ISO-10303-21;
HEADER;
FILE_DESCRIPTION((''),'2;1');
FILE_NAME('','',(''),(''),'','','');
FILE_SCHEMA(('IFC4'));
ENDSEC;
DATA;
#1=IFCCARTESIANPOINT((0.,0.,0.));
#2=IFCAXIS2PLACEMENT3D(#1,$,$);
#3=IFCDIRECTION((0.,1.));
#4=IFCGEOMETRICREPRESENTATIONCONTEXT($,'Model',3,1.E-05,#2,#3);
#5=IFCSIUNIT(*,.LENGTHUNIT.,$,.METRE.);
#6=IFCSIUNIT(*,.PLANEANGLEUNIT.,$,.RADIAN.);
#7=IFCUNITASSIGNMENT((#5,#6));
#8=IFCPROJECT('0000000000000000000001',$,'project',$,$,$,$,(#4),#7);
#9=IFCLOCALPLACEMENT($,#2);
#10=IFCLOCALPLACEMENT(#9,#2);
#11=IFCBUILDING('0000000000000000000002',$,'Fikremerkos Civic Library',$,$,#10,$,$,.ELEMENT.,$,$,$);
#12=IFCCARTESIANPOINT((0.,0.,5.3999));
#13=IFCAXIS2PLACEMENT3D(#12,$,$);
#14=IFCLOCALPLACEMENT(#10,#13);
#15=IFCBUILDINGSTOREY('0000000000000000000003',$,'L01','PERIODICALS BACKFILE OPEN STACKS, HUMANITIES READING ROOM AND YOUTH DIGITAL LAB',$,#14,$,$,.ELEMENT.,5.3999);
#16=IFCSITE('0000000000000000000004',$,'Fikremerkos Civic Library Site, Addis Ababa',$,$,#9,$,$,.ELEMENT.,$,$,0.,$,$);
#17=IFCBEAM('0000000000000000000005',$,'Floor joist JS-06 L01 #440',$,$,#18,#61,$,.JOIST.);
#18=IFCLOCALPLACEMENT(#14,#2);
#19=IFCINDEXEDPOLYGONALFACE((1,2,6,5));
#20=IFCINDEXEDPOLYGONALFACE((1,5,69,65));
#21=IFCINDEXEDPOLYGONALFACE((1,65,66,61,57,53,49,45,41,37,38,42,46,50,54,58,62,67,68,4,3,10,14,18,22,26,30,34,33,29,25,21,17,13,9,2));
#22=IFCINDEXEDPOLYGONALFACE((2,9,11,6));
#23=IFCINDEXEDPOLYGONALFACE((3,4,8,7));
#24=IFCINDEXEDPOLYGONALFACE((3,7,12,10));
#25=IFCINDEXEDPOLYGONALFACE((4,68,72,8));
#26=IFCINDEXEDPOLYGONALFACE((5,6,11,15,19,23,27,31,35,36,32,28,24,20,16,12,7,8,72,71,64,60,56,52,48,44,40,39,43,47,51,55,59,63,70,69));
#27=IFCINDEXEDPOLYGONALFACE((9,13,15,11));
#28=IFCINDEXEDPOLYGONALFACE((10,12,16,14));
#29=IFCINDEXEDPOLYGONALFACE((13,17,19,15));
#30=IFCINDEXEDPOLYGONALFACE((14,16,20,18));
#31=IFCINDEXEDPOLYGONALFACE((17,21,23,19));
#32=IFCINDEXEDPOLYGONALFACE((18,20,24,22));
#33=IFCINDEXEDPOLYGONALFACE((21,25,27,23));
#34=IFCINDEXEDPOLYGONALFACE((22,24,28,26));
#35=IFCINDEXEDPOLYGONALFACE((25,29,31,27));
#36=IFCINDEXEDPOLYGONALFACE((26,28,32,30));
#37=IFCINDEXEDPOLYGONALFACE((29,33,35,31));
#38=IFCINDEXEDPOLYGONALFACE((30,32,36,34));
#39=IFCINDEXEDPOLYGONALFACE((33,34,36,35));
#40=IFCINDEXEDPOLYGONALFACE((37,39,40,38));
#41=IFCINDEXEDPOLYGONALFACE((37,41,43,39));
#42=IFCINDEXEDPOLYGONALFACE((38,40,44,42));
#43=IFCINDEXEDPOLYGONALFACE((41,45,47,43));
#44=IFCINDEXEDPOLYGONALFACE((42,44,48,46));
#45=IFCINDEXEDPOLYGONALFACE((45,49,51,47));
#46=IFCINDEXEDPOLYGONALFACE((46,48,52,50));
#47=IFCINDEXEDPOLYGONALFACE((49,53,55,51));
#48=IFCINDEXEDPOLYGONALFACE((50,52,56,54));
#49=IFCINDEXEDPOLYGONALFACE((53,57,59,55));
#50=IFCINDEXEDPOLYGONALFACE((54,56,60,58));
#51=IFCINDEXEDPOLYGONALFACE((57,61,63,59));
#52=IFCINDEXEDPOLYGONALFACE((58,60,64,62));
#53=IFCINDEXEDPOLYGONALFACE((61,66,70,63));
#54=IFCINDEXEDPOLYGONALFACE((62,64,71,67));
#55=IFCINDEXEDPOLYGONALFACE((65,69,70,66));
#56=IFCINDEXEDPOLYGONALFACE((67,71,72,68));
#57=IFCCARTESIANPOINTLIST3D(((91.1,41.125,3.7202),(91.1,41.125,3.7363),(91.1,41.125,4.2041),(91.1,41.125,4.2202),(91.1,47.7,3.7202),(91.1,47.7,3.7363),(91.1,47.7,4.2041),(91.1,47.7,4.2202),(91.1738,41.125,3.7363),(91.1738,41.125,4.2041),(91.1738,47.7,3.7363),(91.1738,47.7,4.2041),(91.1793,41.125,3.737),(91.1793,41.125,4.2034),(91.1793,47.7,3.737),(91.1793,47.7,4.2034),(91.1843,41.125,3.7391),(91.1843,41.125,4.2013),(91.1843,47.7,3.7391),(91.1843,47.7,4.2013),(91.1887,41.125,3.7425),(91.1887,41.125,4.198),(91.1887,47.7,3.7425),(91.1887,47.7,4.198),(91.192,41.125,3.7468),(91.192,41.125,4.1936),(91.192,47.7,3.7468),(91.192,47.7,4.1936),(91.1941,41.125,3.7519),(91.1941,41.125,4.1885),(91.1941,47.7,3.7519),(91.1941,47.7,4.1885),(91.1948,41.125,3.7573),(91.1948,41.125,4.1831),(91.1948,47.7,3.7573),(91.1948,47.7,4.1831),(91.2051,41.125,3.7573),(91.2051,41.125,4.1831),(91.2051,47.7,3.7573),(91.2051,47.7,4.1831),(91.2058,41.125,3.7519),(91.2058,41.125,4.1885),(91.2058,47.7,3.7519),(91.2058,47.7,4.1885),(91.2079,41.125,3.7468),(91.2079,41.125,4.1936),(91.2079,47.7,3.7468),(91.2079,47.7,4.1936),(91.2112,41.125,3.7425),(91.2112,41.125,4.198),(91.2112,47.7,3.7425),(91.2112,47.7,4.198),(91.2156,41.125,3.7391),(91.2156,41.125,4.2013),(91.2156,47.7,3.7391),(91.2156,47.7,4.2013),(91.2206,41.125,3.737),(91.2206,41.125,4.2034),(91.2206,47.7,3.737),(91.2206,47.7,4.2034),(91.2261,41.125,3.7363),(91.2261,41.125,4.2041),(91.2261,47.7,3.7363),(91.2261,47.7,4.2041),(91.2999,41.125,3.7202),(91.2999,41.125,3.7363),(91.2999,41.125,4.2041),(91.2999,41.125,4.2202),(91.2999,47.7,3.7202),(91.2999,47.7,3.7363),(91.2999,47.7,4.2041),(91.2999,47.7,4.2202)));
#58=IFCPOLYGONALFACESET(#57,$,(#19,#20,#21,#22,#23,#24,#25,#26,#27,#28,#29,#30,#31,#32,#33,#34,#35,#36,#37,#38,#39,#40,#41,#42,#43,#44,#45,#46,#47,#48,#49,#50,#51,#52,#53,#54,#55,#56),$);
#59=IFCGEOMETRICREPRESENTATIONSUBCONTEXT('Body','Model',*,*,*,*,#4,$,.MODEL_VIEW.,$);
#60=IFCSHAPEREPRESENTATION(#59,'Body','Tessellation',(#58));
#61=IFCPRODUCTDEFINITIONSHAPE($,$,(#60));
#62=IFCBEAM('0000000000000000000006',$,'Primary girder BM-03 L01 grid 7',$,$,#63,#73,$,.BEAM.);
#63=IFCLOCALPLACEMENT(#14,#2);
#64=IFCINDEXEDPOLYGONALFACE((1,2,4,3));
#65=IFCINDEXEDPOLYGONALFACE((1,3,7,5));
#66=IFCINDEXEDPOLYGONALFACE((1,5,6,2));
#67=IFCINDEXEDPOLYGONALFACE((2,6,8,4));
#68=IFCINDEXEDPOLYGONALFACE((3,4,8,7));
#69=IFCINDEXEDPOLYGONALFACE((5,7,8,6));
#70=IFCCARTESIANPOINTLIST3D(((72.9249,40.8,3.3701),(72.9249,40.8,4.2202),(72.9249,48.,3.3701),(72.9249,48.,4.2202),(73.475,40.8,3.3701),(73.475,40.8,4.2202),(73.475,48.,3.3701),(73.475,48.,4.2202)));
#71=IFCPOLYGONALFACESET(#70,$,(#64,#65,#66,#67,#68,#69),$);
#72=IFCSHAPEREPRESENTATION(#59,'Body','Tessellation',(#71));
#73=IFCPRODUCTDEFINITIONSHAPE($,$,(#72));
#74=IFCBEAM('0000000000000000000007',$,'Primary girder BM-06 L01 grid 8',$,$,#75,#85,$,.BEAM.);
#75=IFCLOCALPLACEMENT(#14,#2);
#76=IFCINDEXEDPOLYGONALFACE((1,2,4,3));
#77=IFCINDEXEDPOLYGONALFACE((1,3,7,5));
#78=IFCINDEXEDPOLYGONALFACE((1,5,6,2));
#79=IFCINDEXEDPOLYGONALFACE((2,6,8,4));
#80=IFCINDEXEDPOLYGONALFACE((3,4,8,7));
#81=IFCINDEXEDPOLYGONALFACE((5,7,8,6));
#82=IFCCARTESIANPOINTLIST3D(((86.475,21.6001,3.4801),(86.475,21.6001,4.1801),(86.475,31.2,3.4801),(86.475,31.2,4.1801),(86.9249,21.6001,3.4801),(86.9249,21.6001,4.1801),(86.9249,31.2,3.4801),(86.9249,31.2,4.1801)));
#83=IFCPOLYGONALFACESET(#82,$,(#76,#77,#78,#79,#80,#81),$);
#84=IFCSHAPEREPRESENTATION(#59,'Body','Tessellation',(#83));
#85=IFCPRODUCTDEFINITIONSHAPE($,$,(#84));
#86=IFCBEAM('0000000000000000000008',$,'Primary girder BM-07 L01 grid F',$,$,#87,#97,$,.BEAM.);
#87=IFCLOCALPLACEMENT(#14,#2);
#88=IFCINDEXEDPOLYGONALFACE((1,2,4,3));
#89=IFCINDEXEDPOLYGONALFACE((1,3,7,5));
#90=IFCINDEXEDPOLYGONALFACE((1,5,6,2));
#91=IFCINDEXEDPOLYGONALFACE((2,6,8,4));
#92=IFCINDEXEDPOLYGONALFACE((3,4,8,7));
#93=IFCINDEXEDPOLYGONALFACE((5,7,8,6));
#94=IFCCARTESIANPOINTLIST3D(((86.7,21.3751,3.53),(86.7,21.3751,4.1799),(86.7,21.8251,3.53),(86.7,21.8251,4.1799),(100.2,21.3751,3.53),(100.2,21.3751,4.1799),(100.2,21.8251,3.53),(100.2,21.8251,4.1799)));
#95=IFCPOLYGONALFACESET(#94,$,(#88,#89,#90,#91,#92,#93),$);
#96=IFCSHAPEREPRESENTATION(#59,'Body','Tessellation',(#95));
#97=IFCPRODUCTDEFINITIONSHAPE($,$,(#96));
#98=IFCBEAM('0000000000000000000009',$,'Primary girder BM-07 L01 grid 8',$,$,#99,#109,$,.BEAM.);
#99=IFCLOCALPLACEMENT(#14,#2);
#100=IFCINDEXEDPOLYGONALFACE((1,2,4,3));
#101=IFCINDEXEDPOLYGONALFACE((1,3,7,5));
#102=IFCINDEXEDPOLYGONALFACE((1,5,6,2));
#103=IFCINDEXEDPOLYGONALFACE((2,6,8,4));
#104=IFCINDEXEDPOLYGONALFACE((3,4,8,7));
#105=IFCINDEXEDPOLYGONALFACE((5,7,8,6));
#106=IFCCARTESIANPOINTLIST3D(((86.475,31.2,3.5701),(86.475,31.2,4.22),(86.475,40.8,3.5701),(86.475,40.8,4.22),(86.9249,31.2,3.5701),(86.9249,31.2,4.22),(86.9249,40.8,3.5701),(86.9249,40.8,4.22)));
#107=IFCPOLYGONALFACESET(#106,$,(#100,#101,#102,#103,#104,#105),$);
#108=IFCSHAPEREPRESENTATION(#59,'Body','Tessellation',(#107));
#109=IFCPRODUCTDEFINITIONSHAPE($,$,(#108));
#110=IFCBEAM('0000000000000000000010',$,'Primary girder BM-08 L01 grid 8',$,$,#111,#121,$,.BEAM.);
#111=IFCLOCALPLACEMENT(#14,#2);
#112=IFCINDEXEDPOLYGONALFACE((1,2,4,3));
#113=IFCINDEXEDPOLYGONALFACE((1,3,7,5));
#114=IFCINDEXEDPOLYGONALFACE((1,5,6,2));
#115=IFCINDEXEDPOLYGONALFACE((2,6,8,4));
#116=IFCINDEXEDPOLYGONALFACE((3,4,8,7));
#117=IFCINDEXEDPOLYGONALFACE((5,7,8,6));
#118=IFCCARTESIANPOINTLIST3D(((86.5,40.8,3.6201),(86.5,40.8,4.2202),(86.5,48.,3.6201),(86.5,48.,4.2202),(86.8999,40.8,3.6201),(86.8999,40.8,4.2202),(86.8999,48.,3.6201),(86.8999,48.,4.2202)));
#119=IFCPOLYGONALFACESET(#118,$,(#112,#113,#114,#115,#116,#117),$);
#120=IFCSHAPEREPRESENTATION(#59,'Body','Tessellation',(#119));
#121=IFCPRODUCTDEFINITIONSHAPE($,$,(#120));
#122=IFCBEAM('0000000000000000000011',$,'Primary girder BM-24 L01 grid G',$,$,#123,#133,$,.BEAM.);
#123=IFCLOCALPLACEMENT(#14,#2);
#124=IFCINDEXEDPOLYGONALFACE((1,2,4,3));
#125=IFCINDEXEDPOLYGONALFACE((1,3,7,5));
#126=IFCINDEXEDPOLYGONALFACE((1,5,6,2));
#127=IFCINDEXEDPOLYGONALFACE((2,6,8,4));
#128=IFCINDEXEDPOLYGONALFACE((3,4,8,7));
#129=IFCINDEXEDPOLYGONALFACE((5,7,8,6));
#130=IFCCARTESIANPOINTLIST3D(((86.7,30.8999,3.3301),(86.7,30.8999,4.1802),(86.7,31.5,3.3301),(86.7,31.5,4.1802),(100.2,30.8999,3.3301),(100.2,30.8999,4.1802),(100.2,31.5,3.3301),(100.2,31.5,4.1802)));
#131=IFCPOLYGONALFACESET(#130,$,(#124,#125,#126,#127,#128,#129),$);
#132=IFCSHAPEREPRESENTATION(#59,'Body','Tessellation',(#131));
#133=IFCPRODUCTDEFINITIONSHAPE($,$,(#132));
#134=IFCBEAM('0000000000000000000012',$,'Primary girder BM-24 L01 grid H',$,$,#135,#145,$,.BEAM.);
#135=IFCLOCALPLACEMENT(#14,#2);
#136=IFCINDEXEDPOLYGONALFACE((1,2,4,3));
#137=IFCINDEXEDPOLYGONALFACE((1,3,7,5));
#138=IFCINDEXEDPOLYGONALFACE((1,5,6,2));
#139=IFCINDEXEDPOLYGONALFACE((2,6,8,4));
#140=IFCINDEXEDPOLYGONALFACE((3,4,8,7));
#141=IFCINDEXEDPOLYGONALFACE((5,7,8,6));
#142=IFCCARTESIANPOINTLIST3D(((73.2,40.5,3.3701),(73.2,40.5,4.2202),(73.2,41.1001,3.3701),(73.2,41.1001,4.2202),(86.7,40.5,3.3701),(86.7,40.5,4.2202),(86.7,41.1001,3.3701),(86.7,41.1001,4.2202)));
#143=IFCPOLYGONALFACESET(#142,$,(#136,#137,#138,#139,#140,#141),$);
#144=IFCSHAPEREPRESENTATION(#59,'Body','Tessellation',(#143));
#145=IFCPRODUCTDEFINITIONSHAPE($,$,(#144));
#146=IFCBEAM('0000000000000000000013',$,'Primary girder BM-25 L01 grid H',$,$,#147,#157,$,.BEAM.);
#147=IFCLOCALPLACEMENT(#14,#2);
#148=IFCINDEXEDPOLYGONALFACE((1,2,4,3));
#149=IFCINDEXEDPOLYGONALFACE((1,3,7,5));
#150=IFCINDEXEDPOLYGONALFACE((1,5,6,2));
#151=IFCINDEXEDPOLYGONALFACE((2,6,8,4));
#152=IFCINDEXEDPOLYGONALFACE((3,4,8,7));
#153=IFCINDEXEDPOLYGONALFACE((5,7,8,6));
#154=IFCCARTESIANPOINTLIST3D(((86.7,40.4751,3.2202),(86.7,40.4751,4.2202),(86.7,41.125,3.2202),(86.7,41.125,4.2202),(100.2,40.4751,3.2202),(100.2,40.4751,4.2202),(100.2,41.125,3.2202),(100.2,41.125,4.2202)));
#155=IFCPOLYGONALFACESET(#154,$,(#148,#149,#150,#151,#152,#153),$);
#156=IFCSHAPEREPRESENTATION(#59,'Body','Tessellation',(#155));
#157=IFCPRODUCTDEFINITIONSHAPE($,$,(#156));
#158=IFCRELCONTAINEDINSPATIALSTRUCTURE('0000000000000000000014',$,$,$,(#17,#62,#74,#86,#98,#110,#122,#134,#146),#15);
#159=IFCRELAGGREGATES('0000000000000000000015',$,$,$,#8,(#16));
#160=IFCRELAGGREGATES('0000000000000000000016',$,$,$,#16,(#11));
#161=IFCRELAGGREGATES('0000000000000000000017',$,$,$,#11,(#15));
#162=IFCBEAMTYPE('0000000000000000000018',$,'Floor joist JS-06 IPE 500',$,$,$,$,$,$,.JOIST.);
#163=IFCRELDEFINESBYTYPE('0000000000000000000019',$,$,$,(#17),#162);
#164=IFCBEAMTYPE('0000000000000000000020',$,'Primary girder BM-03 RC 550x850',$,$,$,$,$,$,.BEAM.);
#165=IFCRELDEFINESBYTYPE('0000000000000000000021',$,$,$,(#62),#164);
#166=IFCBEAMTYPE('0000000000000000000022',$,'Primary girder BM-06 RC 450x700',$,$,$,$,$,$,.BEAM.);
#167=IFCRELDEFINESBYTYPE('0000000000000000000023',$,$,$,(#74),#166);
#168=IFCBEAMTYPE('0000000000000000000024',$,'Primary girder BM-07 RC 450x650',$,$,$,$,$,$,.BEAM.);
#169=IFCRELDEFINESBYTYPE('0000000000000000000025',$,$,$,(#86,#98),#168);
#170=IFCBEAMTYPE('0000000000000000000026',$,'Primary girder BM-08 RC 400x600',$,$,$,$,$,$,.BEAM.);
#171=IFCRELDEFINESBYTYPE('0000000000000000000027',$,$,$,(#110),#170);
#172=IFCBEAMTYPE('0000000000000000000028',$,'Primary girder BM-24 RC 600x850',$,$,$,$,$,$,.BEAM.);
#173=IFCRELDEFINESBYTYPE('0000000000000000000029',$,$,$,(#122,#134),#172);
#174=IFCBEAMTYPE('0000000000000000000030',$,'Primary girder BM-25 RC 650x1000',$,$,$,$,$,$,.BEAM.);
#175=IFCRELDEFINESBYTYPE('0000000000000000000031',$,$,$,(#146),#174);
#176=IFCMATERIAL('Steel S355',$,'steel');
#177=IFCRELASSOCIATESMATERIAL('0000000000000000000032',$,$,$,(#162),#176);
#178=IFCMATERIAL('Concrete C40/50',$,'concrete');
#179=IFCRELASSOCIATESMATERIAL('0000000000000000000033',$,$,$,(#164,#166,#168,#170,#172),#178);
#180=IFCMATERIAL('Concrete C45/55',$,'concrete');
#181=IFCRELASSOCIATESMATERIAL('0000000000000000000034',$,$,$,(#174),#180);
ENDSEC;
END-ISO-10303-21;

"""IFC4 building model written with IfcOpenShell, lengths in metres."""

from ifc_helpers import new_model, si_unit, direction, frame, origin, origin_2d, place, context, subcontext, project, spatial, rectangle, i_section, extrude, material, material_profile, profile_set, type_object, element, save


model = new_model("IFC4")

# Units and contexts
model_context = context("Model", 3, precision=1e-05, world=origin(), true_north=direction((0.0, 1.0)))
body_context = subcontext(model_context, "Body", "Model", "MODEL_VIEW")
ifc_project = project(units=[si_unit("LENGTHUNIT", "METRE"), si_unit("PLANEANGLEUNIT", "RADIAN")], contexts=[model_context])

# Site, building, storey
site_placement = place(None, origin())
site = spatial("IfcSite", under=ifc_project, at=site_placement, Name="Fikremerkos Civic Library Site, Addis Ababa", CompositionType="ELEMENT", RefElevation=0.0)
building_placement = place(site_placement, origin())
building = spatial("IfcBuilding", under=site, at=building_placement, Name="Fikremerkos Civic Library", CompositionType="ELEMENT")
storey_placement = place(building_placement, frame((0.0, 0.0, 5.3999)))
storey = spatial("IfcBuildingStorey", under=building, at=storey_placement, Name="L01", Description="PERIODICALS BACKFILE OPEN STACKS, HUMANITIES READING ROOM AND YOUTH DIGITAL LAB", CompositionType="ELEMENT", Elevation=5.3999)

# Shared definitions
ifc_material_1 = material(Name="Concrete C40/50", Category="concrete")
ifc_material_2 = material(Name="Concrete C45/55", Category="concrete")

# Beams
ifc_material_3 = material(Name="Steel S355", Category="steel")
ifc_material_profile_1 = material_profile(ifc_material_3, i_section(OverallWidth=0.2, OverallDepth=0.5, WebThickness=0.0103, FlangeThickness=0.0161, FilletRadius=0.021, at=origin_2d()), Name="IPE 500")
ifc_profile_set_1 = profile_set([ifc_material_profile_1], Name="Steel S355")
beam_type_1 = type_object("IfcBeamType", Name="Floor joist JS-06 IPE 500", PredefinedType="JOIST", material=ifc_profile_set_1)
beam_1_placement = place(storey_placement, frame((91.2, 41.125, 3.9702), z_axis=(0.0, 1.0, 0.0), x_axis=(-1.0, 0.0, 0.0)))
element("IfcBeam", 1, at=beam_1_placement, inside=storey, type_object=beam_type_1, Name="Floor joist JS-06 L01 #440", PredefinedType="JOIST", context=body_context, shape_type="SweptSolid", body=[
    extrude(i_section(OverallWidth=0.2, OverallDepth=0.5, WebThickness=0.0103, FlangeThickness=0.0161, FilletRadius=0.021, at=origin_2d()), origin(), (0.0, 0.0, 1.0), 6.575),
])
ifc_material_profile_2 = material_profile(ifc_material_1, rectangle(XDim=0.55, YDim=0.8501, at=origin_2d()), Name="RC 550x850")
ifc_profile_set_2 = profile_set([ifc_material_profile_2], Name="Concrete C40/50")
beam_type_2 = type_object("IfcBeamType", Name="Primary girder BM-03 RC 550x850", PredefinedType="BEAM", material=ifc_profile_set_2)
beam_2_placement = place(storey_placement, frame((73.2, 40.8, 3.7952), z_axis=(0.0, 1.0, 0.0), x_axis=(-1.0, 0.0, 0.0)))
element("IfcBeam", 2, at=beam_2_placement, inside=storey, type_object=beam_type_2, Name="Primary girder BM-03 L01 grid 7", PredefinedType="BEAM", context=body_context, shape_type="SweptSolid", body=[
    extrude(rectangle(XDim=0.55, YDim=0.8501, at=origin_2d()), origin(), (0.0, 0.0, 1.0), 7.2),
])
ifc_material_profile_3 = material_profile(ifc_material_1, rectangle(XDim=0.45, YDim=0.7, at=origin_2d()), Name="RC 450x700")
ifc_profile_set_3 = profile_set([ifc_material_profile_3], Name="Concrete C40/50")
beam_type_3 = type_object("IfcBeamType", Name="Primary girder BM-06 RC 450x700", PredefinedType="BEAM", material=ifc_profile_set_3)
beam_3_placement = place(storey_placement, frame((86.7, 21.6001, 3.8301), z_axis=(0.0, 1.0, 0.0), x_axis=(-1.0, 0.0, 0.0)))
element("IfcBeam", 3, at=beam_3_placement, inside=storey, type_object=beam_type_3, Name="Primary girder BM-06 L01 grid 8", PredefinedType="BEAM", context=body_context, shape_type="SweptSolid", body=[
    extrude(rectangle(XDim=0.45, YDim=0.7, at=origin_2d()), origin(), (0.0, 0.0, 1.0), 9.5999),
])
ifc_material_profile_4 = material_profile(ifc_material_1, rectangle(XDim=0.45, YDim=0.6499, at=origin_2d()), Name="RC 450x650")
ifc_profile_set_4 = profile_set([ifc_material_profile_4], Name="Concrete C40/50")
beam_type_4 = type_object("IfcBeamType", Name="Primary girder BM-07 RC 450x650", PredefinedType="BEAM", material=ifc_profile_set_4)
beam_4_placement = place(storey_placement, frame((86.7, 21.6001, 3.855), z_axis=(1.0, 0.0, 0.0), x_axis=(0.0, 1.0, 0.0)))
element("IfcBeam", 4, at=beam_4_placement, inside=storey, type_object=beam_type_4, Name="Primary girder BM-07 L01 grid F", PredefinedType="BEAM", context=body_context, shape_type="SweptSolid", body=[
    extrude(rectangle(XDim=0.45, YDim=0.6499, at=origin_2d()), origin(), (0.0, 0.0, 1.0), 13.5),
])
beam_5_placement = place(storey_placement, frame((86.7, 31.2, 3.895), z_axis=(0.0, 1.0, 0.0), x_axis=(-1.0, 0.0, 0.0)))
element("IfcBeam", 5, at=beam_5_placement, inside=storey, type_object=beam_type_4, Name="Primary girder BM-07 L01 grid 8", PredefinedType="BEAM", context=body_context, shape_type="SweptSolid", body=[
    extrude(rectangle(XDim=0.45, YDim=0.6499, at=origin_2d()), origin(), (0.0, 0.0, 1.0), 9.6001),
])
ifc_material_profile_5 = material_profile(ifc_material_1, rectangle(XDim=0.3999, YDim=0.6001, at=origin_2d()), Name="RC 400x600")
ifc_profile_set_5 = profile_set([ifc_material_profile_5], Name="Concrete C40/50")
beam_type_5 = type_object("IfcBeamType", Name="Primary girder BM-08 RC 400x600", PredefinedType="BEAM", material=ifc_profile_set_5)
beam_6_placement = place(storey_placement, frame((86.7, 40.8, 3.9202), z_axis=(0.0, 1.0, 0.0), x_axis=(-1.0, 0.0, 0.0)))
element("IfcBeam", 6, at=beam_6_placement, inside=storey, type_object=beam_type_5, Name="Primary girder BM-08 L01 grid 8", PredefinedType="BEAM", context=body_context, shape_type="SweptSolid", body=[
    extrude(rectangle(XDim=0.3999, YDim=0.6001, at=origin_2d()), origin(), (0.0, 0.0, 1.0), 7.2),
])
ifc_material_profile_6 = material_profile(ifc_material_1, rectangle(XDim=0.6001, YDim=0.8501, at=origin_2d()), Name="RC 600x850")
ifc_profile_set_6 = profile_set([ifc_material_profile_6], Name="Concrete C40/50")
beam_type_6 = type_object("IfcBeamType", Name="Primary girder BM-24 RC 600x850", PredefinedType="BEAM", material=ifc_profile_set_6)
for number, where, z_axis, x_axis, name in (
    (7, (86.7, 31.2, 3.7551), (1.0, 0.0, 0.0), (0.0, 1.0, 0.0), "Primary girder BM-24 L01 grid G"),
    (8, (73.2, 40.8, 3.7952), (1.0, 0.0, 0.0), (0.0, 1.0, 0.0), "Primary girder BM-24 L01 grid H"),
):
    element("IfcBeam", number, at=place(storey_placement, frame(where, z_axis=z_axis, x_axis=x_axis)), inside=storey, type_object=beam_type_6, Name=name, PredefinedType="BEAM", context=body_context, shape_type="SweptSolid", body=[
        extrude(rectangle(XDim=0.6001, YDim=0.8501, at=origin_2d()), origin(), (0.0, 0.0, 1.0), 13.5),
    ])
ifc_material_profile_7 = material_profile(ifc_material_2, rectangle(XDim=0.6499, YDim=1.0, at=origin_2d()), Name="RC 650x1000")
ifc_profile_set_7 = profile_set([ifc_material_profile_7], Name="Concrete C45/55")
beam_type_7 = type_object("IfcBeamType", Name="Primary girder BM-25 RC 650x1000", PredefinedType="BEAM", material=ifc_profile_set_7)
beam_7_placement = place(storey_placement, frame((86.7, 40.8, 3.7202), z_axis=(1.0, 0.0, 0.0), x_axis=(0.0, 1.0, 0.0)))
element("IfcBeam", 9, at=beam_7_placement, inside=storey, type_object=beam_type_7, Name="Primary girder BM-25 L01 grid H", PredefinedType="BEAM", context=body_context, shape_type="SweptSolid", body=[
    extrude(rectangle(XDim=0.6499, YDim=1.0, at=origin_2d()), origin(), (0.0, 0.0, 1.0), 13.5),
])

save(model, "model.ifc")
